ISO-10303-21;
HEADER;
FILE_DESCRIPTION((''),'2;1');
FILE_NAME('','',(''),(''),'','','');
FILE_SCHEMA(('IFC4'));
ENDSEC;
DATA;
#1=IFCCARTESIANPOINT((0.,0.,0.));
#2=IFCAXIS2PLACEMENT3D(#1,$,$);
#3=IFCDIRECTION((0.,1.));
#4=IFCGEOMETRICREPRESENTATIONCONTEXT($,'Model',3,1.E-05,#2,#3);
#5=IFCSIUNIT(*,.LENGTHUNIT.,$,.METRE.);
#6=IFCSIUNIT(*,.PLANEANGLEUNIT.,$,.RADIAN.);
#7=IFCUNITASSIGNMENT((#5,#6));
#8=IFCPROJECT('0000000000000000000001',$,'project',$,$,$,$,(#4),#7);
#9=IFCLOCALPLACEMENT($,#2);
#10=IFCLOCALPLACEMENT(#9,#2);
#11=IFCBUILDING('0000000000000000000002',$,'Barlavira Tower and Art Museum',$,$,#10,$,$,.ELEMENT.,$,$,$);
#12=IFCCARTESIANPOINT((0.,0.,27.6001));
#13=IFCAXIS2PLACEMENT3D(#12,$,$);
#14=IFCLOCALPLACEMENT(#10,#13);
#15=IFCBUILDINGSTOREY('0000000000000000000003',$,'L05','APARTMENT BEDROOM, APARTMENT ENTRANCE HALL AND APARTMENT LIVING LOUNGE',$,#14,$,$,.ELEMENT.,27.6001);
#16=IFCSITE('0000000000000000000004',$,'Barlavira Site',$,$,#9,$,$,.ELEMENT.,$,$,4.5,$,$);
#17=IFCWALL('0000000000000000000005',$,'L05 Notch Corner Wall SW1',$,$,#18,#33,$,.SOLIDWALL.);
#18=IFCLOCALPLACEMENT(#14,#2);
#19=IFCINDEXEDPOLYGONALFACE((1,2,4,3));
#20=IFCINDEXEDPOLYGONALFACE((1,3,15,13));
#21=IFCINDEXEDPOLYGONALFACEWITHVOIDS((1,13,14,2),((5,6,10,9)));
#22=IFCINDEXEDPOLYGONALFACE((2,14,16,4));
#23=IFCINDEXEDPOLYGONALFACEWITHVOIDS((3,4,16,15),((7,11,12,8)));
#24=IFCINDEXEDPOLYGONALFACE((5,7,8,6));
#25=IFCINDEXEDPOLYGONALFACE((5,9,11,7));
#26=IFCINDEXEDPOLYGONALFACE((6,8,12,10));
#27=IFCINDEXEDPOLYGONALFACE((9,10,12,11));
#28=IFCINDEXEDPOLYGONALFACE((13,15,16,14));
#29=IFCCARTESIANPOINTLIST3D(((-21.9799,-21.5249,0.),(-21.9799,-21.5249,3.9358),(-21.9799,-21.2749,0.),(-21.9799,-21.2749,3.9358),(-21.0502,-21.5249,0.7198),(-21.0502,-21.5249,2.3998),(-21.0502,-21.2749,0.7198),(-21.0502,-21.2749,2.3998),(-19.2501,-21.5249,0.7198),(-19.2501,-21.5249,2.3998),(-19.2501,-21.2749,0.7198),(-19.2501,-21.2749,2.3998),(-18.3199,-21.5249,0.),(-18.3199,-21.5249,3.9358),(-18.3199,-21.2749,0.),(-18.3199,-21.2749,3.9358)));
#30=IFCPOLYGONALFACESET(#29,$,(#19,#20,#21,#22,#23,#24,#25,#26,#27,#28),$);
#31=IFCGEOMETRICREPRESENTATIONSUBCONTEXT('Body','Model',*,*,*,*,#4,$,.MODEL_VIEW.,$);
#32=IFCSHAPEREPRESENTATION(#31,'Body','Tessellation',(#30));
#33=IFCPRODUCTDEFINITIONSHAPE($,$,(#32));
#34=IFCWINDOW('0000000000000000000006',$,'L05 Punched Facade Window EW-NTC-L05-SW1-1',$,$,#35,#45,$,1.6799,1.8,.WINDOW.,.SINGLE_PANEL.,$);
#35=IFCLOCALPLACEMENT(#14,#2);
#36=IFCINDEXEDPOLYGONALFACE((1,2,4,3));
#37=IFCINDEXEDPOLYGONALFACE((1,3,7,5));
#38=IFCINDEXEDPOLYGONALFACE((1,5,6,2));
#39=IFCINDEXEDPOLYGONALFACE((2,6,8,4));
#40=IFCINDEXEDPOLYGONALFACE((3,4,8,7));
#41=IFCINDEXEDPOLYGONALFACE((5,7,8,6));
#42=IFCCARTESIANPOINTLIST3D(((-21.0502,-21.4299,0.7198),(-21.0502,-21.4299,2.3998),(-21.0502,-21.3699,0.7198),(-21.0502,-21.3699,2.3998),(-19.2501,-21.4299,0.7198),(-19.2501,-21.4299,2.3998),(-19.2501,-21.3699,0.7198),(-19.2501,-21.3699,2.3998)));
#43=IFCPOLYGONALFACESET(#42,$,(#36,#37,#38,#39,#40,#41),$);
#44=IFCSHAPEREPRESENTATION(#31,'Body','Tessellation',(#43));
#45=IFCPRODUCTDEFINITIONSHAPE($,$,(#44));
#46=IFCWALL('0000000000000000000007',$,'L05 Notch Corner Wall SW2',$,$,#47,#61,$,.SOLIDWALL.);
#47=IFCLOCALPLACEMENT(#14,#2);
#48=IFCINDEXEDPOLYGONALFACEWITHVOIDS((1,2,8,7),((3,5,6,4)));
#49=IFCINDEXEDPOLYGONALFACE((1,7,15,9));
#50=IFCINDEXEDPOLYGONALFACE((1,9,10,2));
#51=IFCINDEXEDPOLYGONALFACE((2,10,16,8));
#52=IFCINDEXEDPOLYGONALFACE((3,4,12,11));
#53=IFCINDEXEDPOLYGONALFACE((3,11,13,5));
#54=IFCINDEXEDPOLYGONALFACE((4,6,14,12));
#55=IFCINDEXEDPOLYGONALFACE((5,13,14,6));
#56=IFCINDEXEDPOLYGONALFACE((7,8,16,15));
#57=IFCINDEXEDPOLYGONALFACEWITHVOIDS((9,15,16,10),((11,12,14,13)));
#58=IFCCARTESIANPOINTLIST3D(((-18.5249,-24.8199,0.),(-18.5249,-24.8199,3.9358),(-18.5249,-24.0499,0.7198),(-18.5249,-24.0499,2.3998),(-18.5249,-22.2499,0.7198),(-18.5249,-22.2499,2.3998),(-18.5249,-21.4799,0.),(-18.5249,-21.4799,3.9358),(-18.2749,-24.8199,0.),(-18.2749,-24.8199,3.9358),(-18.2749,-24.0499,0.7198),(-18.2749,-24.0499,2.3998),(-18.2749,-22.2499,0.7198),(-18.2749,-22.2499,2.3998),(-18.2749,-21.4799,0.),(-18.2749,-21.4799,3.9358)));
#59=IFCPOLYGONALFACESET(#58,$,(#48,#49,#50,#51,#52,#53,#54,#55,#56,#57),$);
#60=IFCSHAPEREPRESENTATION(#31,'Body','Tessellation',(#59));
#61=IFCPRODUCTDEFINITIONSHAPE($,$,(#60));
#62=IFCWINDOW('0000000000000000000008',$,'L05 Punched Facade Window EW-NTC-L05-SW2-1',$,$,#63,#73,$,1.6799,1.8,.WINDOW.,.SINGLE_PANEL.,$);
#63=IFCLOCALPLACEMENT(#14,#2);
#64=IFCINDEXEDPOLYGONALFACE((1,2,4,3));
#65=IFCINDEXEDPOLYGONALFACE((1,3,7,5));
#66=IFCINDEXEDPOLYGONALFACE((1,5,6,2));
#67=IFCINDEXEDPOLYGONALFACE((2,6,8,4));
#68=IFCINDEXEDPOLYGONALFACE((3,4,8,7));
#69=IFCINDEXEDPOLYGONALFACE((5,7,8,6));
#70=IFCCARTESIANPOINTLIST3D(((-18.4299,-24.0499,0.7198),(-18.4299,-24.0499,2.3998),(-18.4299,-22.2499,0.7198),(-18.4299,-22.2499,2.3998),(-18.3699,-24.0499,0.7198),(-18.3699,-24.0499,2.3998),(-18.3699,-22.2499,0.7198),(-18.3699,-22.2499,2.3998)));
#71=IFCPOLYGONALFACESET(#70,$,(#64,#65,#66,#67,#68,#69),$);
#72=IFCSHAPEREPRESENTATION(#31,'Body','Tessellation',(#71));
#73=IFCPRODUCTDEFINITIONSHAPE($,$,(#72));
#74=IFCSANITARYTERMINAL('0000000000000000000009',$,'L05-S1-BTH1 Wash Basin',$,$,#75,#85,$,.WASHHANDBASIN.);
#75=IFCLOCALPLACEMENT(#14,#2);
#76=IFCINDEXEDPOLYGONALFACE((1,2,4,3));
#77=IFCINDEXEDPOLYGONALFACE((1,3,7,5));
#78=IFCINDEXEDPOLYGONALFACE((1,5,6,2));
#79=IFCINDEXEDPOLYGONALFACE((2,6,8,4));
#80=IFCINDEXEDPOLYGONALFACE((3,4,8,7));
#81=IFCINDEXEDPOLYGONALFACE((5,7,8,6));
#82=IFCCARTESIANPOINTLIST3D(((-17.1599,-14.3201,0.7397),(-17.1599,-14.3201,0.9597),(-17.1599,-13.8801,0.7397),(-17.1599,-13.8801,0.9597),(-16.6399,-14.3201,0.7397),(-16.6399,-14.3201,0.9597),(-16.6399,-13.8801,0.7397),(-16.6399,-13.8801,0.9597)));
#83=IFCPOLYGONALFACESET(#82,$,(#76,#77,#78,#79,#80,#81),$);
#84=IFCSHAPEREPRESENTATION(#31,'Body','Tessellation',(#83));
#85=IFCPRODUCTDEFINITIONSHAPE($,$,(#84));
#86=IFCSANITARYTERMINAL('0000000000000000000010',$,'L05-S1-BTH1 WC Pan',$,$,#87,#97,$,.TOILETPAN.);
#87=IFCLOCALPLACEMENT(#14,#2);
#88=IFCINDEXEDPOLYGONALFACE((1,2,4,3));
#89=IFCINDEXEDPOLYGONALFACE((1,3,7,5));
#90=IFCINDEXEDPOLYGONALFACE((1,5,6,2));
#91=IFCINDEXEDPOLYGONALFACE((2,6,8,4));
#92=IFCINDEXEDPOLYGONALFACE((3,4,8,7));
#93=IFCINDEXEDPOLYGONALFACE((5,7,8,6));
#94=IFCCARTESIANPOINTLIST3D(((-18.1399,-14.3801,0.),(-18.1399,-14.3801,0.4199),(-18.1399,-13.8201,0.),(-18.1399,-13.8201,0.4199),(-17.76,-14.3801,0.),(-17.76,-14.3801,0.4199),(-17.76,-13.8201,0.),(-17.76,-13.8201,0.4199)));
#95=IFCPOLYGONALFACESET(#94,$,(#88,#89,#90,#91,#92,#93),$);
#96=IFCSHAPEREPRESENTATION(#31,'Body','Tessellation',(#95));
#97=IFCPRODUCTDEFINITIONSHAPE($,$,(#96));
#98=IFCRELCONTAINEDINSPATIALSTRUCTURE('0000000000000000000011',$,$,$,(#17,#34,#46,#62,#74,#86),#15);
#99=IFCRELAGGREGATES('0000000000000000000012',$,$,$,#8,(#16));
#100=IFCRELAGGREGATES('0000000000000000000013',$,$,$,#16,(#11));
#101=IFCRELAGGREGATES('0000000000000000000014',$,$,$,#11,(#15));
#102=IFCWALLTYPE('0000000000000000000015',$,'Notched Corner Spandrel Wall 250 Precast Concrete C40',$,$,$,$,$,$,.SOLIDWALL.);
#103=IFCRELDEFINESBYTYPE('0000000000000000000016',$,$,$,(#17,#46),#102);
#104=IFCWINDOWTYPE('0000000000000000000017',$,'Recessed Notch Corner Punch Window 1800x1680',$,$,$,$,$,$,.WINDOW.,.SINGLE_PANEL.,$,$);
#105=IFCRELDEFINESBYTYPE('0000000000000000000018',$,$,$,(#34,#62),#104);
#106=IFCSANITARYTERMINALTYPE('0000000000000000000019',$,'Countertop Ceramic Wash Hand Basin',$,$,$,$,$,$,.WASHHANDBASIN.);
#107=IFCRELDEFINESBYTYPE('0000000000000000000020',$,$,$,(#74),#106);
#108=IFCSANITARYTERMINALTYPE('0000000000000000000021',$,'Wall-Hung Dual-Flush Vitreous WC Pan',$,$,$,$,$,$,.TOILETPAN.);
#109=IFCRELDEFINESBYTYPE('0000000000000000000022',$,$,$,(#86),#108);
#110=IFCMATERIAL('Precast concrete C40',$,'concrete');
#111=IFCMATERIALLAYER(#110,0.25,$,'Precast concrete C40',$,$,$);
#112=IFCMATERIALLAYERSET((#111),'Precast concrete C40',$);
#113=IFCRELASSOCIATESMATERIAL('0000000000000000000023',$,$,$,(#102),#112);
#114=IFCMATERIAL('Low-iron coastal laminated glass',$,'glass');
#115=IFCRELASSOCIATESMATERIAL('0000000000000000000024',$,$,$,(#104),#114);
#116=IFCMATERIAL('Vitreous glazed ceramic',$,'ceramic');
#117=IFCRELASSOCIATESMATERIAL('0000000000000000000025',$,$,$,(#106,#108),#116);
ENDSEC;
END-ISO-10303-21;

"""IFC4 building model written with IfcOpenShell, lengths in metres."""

from ifc_helpers import new_model, si_unit, direction, frame, frame_2d, origin, origin_2d, place, context, subcontext, project, spatial, rectangle, extrude, material, layer, layer_set, type_object, element, fill, save


model = new_model("IFC4")

# Units and contexts
model_context = context("Model", 3, precision=1e-05, world=origin(), true_north=direction((0.0, 1.0)))
body_context = subcontext(model_context, "Body", "Model", "MODEL_VIEW")
ifc_project = project(units=[si_unit("LENGTHUNIT", "METRE"), si_unit("PLANEANGLEUNIT", "RADIAN")], contexts=[model_context])

# Site, building, storey
site_placement = place(None, origin())
site = spatial("IfcSite", under=ifc_project, at=site_placement, Name="Barlavira Site", CompositionType="ELEMENT", RefElevation=4.5)
building_placement = place(site_placement, origin())
building = spatial("IfcBuilding", under=site, at=building_placement, Name="Barlavira Tower and Art Museum", CompositionType="ELEMENT")
storey_placement = place(building_placement, frame((0.0, 0.0, 27.6001)))
storey = spatial("IfcBuildingStorey", under=building, at=storey_placement, Name="L05", Description="APARTMENT BEDROOM, APARTMENT ENTRANCE HALL AND APARTMENT LIVING LOUNGE", CompositionType="ELEMENT", Elevation=27.6001)

# Shared definitions
ifc_material_1 = material(Name="Precast concrete C40", Category="concrete")
ifc_layer_1 = layer(ifc_material_1, 0.25, Name="Precast concrete C40")
ifc_layer_set_1 = layer_set([ifc_layer_1], Name="Precast concrete C40")
wall_type_1 = type_object("IfcWallType", Name="Notched Corner Spandrel Wall 250 Precast Concrete C40", PredefinedType="SOLIDWALL", material=ifc_layer_set_1)
ifc_material_2 = material(Name="Low-iron coastal laminated glass", Category="glass")
window_type = type_object("IfcWindowType", Name="Recessed Notch Corner Punch Window 1800x1680", PartitioningType="SINGLE_PANEL", PredefinedType="WINDOW", material=ifc_material_2)

# Walls, openings, windows
wall_1_placement = place(storey_placement, frame((-21.98, -21.3999, 0.0), z_axis=(0.0, 0.0, 1.0), x_axis=(1.0, 0.0, 0.0)))
wall_1 = element("IfcWall", 1, at=wall_1_placement, inside=storey, type_object=wall_type_1, Name="L05 Notch Corner Wall SW1", PredefinedType="SOLIDWALL", context=body_context, shape_type="SweptSolid", body=[
    extrude(rectangle(XDim=3.6599, YDim=0.25, at=frame_2d((1.8301, 0.0))), origin(), (0.0, 0.0, 1.0), 3.9358),
])
opening_1_placement = place(wall_1_placement, frame((0.9299, 0.0, 0.72)))
opening_1 = element("IfcOpeningElement", 2, at=opening_1_placement, cuts=wall_1, PredefinedType="OPENING", context=body_context, shape_type="SweptSolid", body=[
    extrude(rectangle(XDim=1.8, YDim=1.6799, at=frame_2d((0.8999, 0.8398))), frame((0.0, 0.135, 0.0), z_axis=(0.0, -1.0, 0.0), x_axis=(1.0, 0.0, 0.0)), (0.0, 0.0, 1.0), 0.27),
])
window_1_placement = place(opening_1_placement, origin())
window_1 = element("IfcWindow", 3, at=window_1_placement, inside=storey, type_object=window_type, Name="L05 Punched Facade Window EW-NTC-L05-SW1-1", OverallHeight=1.6799, OverallWidth=1.8, PartitioningType="SINGLE_PANEL", PredefinedType="WINDOW", context=body_context, shape_type="SweptSolid", body=[
    extrude(rectangle(XDim=1.8, YDim=1.6799, at=frame_2d((0.8999, 0.8398))), frame((0.0, 0.03, 0.0), z_axis=(0.0, -1.0, 0.0), x_axis=(1.0, 0.0, 0.0)), (0.0, 0.0, 1.0), 0.0601),
])
fill(opening_1, window_1)
wall_2_placement = place(storey_placement, frame((-18.3999, -21.48, 0.0), z_axis=(0.0, 0.0, 1.0), x_axis=(0.0, -1.0, 0.0)))
wall_2 = element("IfcWall", 4, at=wall_2_placement, inside=storey, type_object=wall_type_1, Name="L05 Notch Corner Wall SW2", PredefinedType="SOLIDWALL", context=body_context, shape_type="SweptSolid", body=[
    extrude(rectangle(XDim=3.3401, YDim=0.25, at=frame_2d((1.6699, 0.0))), origin(), (0.0, 0.0, 1.0), 3.9358),
])
opening_2_placement = place(wall_2_placement, frame((0.77, 0.0, 0.72)))
opening_2 = element("IfcOpeningElement", 5, at=opening_2_placement, cuts=wall_2, PredefinedType="OPENING", context=body_context, shape_type="SweptSolid", body=[
    extrude(rectangle(XDim=1.8, YDim=1.6799, at=frame_2d((0.8999, 0.8398))), frame((0.0, 0.135, 0.0), z_axis=(0.0, -1.0, 0.0), x_axis=(1.0, 0.0, 0.0)), (0.0, 0.0, 1.0), 0.27),
])
window_2_placement = place(opening_2_placement, origin())
window_2 = element("IfcWindow", 6, at=window_2_placement, inside=storey, type_object=window_type, Name="L05 Punched Facade Window EW-NTC-L05-SW2-1", OverallHeight=1.6799, OverallWidth=1.8, PartitioningType="SINGLE_PANEL", PredefinedType="WINDOW", context=body_context, shape_type="SweptSolid", body=[
    extrude(rectangle(XDim=1.8, YDim=1.6799, at=frame_2d((0.8999, 0.8398))), frame((0.0, 0.03, 0.0), z_axis=(0.0, -1.0, 0.0), x_axis=(1.0, 0.0, 0.0)), (0.0, 0.0, 1.0), 0.0601),
])
fill(opening_2, window_2)

# Sanitary terminals
ifc_material_3 = material(Name="Vitreous glazed ceramic", Category="ceramic")
sanitary_terminal_type_1 = type_object("IfcSanitaryTerminalType", Name="Countertop Ceramic Wash Hand Basin", PredefinedType="WASHHANDBASIN", material=ifc_material_3)
sanitary_terminal_1_placement = place(storey_placement, frame((-16.8999, -14.1001, 0.7397), z_axis=(0.0, 0.0, 1.0), x_axis=(1.0, 0.0, 0.0)))
element("IfcSanitaryTerminal", 7, at=sanitary_terminal_1_placement, inside=storey, type_object=sanitary_terminal_type_1, Name="L05-S1-BTH1 Wash Basin", PredefinedType="WASHHANDBASIN", context=body_context, shape_type="SweptSolid", body=[
    extrude(rectangle(XDim=0.52, YDim=0.4399, at=origin_2d()), origin(), (0.0, 0.0, 1.0), 0.22),
])
sanitary_terminal_type_2 = type_object("IfcSanitaryTerminalType", Name="Wall-Hung Dual-Flush Vitreous WC Pan", PredefinedType="TOILETPAN", material=ifc_material_3)
sanitary_terminal_2_placement = place(storey_placement, frame((-17.95, -14.1001, 0.0), z_axis=(0.0, 0.0, 1.0), x_axis=(1.0, 0.0, 0.0)))
element("IfcSanitaryTerminal", 8, at=sanitary_terminal_2_placement, inside=storey, type_object=sanitary_terminal_type_2, Name="L05-S1-BTH1 WC Pan", PredefinedType="TOILETPAN", context=body_context, shape_type="SweptSolid", body=[
    extrude(rectangle(XDim=0.3799, YDim=0.5601, at=origin_2d()), origin(), (0.0, 0.0, 1.0), 0.4199),
])

save(model, "model.ifc")
